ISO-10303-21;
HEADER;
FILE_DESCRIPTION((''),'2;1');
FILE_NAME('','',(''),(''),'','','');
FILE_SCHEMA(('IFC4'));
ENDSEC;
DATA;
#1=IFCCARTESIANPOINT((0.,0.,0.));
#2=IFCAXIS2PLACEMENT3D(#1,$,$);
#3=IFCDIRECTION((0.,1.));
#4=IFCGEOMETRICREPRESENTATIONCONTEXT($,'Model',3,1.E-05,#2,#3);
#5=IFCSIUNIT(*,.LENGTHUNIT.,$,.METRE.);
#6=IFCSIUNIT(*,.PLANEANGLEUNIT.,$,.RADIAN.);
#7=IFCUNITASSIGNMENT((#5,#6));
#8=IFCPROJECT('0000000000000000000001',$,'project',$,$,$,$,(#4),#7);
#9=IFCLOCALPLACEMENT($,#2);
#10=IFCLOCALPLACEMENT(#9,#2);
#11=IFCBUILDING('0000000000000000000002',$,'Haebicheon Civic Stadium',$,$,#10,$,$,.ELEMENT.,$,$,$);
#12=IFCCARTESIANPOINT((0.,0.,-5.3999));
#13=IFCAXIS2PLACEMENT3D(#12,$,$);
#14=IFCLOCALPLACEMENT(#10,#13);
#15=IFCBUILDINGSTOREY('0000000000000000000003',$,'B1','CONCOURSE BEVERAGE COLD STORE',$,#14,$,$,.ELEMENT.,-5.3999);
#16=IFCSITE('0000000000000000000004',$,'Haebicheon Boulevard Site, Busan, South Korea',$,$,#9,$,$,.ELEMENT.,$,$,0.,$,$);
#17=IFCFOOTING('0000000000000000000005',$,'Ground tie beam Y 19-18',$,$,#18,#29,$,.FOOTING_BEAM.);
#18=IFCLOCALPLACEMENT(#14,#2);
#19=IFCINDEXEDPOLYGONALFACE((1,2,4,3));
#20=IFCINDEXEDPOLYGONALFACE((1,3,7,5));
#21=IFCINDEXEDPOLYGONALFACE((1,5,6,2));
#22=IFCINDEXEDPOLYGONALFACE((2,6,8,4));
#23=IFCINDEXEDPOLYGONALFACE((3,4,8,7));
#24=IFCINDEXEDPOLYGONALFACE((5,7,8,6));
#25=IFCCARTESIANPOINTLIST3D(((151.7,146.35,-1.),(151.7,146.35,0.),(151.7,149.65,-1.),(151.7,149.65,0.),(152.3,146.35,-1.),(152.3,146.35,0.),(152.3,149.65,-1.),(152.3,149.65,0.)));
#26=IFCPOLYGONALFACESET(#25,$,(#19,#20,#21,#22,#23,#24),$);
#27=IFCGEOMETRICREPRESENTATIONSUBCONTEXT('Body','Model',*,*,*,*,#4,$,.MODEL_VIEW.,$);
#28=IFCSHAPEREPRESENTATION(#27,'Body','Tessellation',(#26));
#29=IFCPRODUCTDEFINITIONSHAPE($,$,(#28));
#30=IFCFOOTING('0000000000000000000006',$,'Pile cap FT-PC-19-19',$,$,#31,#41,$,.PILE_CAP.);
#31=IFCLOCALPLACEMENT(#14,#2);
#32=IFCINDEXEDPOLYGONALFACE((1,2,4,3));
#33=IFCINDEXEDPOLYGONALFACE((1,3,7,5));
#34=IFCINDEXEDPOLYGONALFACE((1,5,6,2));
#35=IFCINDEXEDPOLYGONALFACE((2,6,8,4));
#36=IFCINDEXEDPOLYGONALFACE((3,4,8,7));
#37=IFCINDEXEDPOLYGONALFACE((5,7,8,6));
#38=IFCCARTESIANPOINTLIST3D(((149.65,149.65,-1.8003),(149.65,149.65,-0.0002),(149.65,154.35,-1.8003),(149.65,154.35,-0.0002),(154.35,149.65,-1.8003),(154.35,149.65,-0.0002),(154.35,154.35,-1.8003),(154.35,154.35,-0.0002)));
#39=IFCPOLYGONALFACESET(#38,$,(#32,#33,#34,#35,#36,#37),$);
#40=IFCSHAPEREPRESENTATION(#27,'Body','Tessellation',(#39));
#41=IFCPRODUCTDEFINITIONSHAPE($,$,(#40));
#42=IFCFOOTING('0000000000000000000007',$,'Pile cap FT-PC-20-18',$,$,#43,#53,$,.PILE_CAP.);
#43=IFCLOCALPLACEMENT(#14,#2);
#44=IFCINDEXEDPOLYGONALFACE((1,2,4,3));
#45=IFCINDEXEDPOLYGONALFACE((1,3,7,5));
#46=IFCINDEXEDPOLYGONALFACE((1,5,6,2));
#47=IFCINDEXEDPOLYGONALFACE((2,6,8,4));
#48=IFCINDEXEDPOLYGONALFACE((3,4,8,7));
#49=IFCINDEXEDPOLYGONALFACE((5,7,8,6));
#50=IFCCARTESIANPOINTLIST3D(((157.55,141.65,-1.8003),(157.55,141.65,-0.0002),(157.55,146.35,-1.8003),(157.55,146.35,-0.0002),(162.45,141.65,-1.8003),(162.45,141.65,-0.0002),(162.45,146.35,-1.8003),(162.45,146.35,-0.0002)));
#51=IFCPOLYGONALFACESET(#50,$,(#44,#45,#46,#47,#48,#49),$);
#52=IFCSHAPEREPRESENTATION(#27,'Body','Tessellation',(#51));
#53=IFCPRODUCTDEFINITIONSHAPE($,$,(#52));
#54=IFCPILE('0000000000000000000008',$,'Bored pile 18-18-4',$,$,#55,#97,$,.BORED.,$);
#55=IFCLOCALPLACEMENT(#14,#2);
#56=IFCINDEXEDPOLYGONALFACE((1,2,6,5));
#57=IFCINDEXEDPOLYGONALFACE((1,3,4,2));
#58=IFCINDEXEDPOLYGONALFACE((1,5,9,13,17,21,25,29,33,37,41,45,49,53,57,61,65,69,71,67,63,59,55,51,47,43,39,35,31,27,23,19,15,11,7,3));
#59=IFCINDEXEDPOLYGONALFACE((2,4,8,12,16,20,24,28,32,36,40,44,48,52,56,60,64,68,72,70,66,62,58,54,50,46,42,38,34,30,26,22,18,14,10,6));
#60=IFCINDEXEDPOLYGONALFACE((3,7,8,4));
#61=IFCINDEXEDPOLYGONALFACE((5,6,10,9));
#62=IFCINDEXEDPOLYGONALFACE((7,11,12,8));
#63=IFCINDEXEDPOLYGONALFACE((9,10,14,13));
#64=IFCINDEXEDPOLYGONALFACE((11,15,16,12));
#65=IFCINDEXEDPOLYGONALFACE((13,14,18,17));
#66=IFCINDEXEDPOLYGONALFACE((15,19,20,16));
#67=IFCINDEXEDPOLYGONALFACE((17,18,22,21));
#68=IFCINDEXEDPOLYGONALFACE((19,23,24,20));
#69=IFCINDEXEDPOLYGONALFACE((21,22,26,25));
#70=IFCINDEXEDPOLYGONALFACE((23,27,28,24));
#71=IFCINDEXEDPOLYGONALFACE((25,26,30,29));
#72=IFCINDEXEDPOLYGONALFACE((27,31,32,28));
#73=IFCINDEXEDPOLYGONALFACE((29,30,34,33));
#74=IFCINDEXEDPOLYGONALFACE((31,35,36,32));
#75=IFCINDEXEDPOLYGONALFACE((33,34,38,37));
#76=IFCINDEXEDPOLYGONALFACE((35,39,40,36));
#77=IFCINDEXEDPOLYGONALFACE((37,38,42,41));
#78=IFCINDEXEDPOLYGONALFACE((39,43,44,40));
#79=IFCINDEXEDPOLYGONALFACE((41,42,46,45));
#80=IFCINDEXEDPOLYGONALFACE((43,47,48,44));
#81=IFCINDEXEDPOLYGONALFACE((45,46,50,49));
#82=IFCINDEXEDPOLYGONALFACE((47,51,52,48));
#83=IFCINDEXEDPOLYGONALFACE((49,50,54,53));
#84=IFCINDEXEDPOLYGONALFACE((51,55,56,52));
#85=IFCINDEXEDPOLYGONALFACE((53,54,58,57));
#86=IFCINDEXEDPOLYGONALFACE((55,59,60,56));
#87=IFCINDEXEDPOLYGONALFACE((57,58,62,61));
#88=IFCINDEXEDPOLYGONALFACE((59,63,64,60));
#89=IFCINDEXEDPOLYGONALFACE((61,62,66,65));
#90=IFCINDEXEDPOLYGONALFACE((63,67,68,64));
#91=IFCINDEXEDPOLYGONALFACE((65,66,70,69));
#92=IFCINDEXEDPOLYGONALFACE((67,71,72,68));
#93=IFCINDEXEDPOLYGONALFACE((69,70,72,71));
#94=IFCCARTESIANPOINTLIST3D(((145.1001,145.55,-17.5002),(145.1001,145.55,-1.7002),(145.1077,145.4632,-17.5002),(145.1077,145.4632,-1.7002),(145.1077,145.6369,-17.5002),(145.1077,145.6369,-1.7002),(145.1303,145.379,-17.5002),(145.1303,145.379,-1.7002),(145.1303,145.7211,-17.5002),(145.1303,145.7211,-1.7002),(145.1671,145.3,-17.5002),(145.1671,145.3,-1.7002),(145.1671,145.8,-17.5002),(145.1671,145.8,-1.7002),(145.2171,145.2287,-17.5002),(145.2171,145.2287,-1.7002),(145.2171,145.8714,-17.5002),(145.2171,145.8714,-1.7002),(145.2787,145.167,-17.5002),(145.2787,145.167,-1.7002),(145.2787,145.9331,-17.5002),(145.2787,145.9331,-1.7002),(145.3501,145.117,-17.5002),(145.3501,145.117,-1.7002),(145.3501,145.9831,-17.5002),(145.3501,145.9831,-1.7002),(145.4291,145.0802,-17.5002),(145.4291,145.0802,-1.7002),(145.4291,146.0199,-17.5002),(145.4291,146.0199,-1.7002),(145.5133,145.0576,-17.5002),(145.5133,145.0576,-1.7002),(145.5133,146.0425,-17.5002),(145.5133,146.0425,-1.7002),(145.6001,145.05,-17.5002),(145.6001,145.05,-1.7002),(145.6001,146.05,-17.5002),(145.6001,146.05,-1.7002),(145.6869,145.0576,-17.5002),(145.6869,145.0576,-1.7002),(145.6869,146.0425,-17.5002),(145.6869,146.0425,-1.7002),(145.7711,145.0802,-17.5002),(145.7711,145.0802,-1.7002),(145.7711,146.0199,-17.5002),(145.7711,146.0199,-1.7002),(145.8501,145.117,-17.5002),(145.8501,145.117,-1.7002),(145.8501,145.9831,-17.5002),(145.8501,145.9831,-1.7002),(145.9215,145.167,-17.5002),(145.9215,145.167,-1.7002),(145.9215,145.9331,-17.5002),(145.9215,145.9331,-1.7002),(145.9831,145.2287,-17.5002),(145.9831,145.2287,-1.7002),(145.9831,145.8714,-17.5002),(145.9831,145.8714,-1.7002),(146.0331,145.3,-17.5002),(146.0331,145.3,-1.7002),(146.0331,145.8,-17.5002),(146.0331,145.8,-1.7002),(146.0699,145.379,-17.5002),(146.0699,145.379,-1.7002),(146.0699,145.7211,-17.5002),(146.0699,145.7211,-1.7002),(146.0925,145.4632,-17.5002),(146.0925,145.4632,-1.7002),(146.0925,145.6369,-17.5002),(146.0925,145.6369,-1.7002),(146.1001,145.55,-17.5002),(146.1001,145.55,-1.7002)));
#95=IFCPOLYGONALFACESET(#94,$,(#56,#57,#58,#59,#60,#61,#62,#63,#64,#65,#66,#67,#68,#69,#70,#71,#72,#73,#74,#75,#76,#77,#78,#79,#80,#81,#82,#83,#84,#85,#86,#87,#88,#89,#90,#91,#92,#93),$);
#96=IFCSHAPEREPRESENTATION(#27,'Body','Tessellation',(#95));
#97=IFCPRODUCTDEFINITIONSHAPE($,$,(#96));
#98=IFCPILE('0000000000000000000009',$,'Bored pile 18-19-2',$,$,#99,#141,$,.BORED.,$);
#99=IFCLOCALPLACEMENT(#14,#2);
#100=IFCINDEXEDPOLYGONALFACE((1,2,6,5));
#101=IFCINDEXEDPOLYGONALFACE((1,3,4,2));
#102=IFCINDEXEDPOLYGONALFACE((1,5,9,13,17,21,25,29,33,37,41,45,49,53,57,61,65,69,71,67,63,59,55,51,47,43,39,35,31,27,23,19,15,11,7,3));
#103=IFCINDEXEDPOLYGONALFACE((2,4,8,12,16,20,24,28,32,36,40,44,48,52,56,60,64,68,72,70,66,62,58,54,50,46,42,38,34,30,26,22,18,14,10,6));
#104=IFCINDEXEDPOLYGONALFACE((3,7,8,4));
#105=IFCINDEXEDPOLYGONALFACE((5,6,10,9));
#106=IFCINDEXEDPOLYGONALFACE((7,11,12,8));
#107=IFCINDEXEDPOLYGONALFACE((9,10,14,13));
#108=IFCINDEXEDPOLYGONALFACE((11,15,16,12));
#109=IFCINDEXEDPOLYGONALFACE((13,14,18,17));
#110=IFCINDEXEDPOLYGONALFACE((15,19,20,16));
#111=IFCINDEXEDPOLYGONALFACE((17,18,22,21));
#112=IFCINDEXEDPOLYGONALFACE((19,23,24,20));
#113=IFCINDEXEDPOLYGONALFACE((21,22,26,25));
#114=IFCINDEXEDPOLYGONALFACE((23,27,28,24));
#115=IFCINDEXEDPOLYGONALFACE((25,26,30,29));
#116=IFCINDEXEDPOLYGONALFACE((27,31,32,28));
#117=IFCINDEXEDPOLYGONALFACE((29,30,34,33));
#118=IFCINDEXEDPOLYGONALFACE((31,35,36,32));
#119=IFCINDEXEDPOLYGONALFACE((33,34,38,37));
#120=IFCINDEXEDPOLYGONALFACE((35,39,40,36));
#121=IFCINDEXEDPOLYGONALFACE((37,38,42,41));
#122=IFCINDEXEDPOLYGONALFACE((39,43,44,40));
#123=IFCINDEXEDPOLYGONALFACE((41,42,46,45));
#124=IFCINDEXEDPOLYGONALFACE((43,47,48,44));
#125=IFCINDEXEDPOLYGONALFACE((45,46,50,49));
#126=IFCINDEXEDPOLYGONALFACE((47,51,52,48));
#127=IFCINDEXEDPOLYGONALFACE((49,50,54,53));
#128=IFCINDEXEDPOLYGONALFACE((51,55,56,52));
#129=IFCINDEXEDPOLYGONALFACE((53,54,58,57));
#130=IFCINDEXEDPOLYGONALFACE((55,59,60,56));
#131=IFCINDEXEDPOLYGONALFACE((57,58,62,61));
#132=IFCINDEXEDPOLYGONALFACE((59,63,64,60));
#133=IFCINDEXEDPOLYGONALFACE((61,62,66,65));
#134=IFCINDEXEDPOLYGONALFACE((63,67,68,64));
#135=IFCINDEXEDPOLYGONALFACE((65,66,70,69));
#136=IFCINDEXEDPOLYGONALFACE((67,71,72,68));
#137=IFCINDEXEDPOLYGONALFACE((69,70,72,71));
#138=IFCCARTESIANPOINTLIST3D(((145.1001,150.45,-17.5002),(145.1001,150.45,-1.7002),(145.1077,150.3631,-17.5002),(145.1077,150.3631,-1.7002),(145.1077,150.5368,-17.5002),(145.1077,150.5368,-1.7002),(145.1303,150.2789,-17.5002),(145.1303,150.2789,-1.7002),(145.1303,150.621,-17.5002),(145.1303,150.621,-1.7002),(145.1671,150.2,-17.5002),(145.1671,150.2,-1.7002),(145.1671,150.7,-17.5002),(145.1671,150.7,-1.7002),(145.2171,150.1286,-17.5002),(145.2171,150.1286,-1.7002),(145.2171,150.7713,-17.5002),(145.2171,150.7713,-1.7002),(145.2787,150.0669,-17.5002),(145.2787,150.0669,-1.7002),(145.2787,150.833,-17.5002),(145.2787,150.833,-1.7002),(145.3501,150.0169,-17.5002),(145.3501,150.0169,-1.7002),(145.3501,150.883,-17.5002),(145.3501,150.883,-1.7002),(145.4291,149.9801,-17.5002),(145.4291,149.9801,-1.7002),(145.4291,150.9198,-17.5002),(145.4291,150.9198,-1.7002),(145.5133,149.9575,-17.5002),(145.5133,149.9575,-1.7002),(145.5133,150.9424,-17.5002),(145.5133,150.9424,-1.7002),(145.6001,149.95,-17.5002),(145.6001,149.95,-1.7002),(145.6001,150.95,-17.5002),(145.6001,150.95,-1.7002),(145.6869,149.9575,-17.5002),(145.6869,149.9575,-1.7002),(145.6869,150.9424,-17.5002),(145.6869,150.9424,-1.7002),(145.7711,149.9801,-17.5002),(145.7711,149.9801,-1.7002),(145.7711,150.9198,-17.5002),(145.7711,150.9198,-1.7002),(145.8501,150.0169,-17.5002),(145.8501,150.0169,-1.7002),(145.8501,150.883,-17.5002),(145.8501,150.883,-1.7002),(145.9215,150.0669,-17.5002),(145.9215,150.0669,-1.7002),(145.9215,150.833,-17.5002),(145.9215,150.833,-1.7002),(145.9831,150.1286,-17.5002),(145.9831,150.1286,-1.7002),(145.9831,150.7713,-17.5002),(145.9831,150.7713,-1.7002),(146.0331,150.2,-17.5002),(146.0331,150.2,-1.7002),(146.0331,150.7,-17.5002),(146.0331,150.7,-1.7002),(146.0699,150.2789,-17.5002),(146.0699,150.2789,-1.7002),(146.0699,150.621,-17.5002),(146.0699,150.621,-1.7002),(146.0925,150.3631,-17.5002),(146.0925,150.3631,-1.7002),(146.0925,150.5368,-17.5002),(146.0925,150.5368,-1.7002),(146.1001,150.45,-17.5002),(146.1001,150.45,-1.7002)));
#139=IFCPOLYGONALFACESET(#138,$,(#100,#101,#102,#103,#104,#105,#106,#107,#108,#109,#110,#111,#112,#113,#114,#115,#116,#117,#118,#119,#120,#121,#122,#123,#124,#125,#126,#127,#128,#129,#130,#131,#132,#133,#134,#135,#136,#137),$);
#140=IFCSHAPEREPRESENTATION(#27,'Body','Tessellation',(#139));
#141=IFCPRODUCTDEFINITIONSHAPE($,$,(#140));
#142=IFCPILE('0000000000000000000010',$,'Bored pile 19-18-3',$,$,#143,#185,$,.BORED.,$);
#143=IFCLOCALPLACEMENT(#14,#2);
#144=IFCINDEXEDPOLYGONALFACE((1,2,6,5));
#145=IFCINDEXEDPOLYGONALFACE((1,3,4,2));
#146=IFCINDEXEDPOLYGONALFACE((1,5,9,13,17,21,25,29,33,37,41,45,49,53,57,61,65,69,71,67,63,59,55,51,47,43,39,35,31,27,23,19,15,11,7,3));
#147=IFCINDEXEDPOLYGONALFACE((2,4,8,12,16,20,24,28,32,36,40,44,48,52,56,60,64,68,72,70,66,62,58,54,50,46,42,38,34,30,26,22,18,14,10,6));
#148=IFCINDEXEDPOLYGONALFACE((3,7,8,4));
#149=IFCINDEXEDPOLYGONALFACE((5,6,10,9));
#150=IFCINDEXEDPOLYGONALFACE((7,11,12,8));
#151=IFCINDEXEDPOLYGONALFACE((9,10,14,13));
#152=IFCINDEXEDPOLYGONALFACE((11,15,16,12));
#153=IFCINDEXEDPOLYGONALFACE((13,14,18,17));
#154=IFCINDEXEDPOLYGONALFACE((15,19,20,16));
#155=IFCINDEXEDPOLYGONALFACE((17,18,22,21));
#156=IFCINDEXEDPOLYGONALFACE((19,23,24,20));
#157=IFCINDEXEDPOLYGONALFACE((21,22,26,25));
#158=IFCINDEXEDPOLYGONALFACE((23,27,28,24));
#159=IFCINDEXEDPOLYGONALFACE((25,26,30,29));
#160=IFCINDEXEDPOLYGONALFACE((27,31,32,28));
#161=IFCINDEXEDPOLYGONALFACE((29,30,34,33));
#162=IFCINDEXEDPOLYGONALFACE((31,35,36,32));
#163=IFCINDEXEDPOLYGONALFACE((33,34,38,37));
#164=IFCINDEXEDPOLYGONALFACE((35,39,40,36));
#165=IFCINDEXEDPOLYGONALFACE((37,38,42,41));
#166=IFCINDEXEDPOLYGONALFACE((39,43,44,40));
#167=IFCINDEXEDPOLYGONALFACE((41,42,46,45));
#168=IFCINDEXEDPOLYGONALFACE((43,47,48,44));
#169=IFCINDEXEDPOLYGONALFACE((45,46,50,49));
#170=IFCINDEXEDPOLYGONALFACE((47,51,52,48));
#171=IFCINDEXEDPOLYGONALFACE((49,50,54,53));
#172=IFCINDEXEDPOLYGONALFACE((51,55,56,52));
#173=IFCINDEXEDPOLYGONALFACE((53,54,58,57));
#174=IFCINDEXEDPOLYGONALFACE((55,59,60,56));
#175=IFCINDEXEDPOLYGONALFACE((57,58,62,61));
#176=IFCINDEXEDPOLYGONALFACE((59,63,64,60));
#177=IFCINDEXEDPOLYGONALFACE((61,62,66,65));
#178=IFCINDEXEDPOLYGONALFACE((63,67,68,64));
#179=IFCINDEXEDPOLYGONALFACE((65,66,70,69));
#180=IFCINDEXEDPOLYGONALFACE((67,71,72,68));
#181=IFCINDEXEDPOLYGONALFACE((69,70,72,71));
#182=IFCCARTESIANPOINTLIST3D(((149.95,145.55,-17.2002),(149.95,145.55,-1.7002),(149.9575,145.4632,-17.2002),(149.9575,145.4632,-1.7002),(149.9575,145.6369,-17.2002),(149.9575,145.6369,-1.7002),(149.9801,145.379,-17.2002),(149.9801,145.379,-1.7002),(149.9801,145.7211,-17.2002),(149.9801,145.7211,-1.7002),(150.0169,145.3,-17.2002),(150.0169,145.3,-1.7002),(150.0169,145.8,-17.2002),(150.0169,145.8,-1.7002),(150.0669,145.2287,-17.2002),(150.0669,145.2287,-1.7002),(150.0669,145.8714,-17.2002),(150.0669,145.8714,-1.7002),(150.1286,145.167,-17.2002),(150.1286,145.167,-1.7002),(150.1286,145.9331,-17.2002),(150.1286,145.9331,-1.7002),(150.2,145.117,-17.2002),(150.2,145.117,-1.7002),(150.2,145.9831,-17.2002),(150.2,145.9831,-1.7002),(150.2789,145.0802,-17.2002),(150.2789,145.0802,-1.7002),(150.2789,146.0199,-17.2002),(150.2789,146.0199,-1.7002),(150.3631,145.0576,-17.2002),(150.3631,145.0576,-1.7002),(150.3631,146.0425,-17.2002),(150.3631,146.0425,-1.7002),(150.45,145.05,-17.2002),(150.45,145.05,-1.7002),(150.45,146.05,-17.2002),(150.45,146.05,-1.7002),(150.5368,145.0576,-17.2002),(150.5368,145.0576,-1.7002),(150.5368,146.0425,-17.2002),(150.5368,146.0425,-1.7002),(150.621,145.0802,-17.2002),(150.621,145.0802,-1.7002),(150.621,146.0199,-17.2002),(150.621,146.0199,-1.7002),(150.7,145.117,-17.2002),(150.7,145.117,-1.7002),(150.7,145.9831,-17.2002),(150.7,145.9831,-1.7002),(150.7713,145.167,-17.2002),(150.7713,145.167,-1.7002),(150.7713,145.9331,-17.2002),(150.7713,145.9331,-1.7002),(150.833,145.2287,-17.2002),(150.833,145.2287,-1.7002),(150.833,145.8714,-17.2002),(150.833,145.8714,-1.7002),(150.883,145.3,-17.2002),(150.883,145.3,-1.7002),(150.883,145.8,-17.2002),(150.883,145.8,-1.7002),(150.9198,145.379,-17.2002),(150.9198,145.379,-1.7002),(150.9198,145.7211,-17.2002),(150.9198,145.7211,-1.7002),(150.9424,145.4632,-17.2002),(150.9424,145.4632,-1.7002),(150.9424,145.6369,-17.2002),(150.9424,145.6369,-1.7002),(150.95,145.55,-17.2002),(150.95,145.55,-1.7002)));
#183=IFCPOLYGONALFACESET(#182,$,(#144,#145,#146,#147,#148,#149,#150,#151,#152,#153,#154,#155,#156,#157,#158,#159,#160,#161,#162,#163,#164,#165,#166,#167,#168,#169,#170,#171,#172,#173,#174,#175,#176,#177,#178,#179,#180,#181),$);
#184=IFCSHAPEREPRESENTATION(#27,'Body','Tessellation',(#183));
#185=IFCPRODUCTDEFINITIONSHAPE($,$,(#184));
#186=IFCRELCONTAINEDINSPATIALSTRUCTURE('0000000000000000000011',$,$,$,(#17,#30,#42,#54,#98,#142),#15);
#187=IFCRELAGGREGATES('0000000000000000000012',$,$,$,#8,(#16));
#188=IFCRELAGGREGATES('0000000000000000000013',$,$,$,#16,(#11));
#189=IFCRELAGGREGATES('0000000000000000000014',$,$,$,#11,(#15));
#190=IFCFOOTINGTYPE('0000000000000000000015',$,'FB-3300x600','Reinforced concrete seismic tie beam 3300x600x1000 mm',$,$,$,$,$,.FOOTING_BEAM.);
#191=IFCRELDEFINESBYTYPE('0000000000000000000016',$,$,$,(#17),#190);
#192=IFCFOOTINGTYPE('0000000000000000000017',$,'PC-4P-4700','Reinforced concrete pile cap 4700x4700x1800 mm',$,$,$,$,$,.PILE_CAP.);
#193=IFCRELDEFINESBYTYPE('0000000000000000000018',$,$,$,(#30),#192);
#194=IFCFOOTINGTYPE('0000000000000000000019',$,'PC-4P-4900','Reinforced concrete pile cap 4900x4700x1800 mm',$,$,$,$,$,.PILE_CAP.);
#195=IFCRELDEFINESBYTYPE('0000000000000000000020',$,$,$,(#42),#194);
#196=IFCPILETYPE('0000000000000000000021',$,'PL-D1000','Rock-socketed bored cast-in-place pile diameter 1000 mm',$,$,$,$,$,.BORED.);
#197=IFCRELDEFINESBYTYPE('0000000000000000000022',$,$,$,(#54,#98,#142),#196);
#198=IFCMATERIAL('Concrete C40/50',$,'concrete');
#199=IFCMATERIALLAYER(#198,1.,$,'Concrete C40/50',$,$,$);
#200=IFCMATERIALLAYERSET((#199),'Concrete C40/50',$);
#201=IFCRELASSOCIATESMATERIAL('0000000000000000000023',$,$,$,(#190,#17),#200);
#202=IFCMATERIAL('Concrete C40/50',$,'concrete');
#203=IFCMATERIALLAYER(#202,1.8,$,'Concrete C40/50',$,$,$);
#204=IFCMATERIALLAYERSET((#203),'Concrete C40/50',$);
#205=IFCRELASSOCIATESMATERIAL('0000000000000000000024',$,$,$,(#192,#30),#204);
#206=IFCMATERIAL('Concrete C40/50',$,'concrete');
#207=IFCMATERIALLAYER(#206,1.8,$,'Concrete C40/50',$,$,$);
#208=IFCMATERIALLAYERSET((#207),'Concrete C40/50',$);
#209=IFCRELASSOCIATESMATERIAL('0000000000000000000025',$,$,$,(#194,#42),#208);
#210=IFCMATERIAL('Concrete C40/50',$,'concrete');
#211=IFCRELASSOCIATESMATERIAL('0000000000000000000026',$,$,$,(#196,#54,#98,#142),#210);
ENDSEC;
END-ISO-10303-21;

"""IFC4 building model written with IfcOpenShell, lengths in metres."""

from ifc_helpers import new_model, si_unit, direction, frame, origin, origin_2d, place, context, subcontext, project, spatial, rectangle, circle, extrude, material, layer, layer_set, material_profile, profile_set, type_object, element, save


model = new_model("IFC4")

# Units and contexts
model_context = context("Model", 3, precision=1e-05, world=origin(), true_north=direction((0.0, 1.0)))
body_context = subcontext(model_context, "Body", "Model", "MODEL_VIEW")
ifc_project = project(units=[si_unit("LENGTHUNIT", "METRE"), si_unit("PLANEANGLEUNIT", "RADIAN")], contexts=[model_context])

# Site, building, storey
site_placement = place(None, origin())
site = spatial("IfcSite", under=ifc_project, at=site_placement, Name="Haebicheon Boulevard Site, Busan, South Korea", CompositionType="ELEMENT", RefElevation=0.0)
building_placement = place(site_placement, origin())
building = spatial("IfcBuilding", under=site, at=building_placement, Name="Haebicheon Civic Stadium", CompositionType="ELEMENT")
storey_placement = place(building_placement, frame((0.0, 0.0, -5.3999)))
storey = spatial("IfcBuildingStorey", under=building, at=storey_placement, Name="B1", Description="CONCOURSE BEVERAGE COLD STORE", CompositionType="ELEMENT", Elevation=-5.3999)

# Footings
ifc_material_1 = material(Name="Concrete C40/50", Category="concrete")
ifc_layer_1 = layer(ifc_material_1, 1.0, Name="Concrete C40/50")
ifc_layer_set_1 = layer_set([ifc_layer_1], Name="Concrete C40/50")
footing_type_1 = type_object("IfcFootingType", Name="FB-3300x600", Description="Reinforced concrete seismic tie beam 3300x600x1000 mm", PredefinedType="FOOTING_BEAM", material=ifc_layer_set_1)
footing_1_placement = place(storey_placement, frame((152.0, 148.0, -1.0), z_axis=(0.0, 0.0, 1.0), x_axis=(0.0, 1.0, 0.0)))
element("IfcFooting", 1, at=footing_1_placement, inside=storey, type_object=footing_type_1, material=ifc_layer_set_1, Name="Ground tie beam Y 19-18", PredefinedType="FOOTING_BEAM", context=body_context, shape_type="SweptSolid", body=[
    extrude(rectangle(XDim=3.3, YDim=0.6001, at=origin_2d()), origin(), (0.0, 0.0, 1.0), 1.0),
])
ifc_material_2 = material(Name="Concrete C40/50", Category="concrete")
ifc_layer_2 = layer(ifc_material_2, 1.8, Name="Concrete C40/50")
ifc_layer_set_2 = layer_set([ifc_layer_2], Name="Concrete C40/50")
footing_type_2 = type_object("IfcFootingType", Name="PC-4P-4700", Description="Reinforced concrete pile cap 4700x4700x1800 mm", PredefinedType="PILE_CAP", material=ifc_layer_set_2)
footing_2_placement = place(storey_placement, frame((152.0, 152.0, -1.8003), z_axis=(0.0, 0.0, 1.0), x_axis=(1.0, 0.0, 0.0)))
element("IfcFooting", 2, at=footing_2_placement, inside=storey, type_object=footing_type_2, material=ifc_layer_set_2, Name="Pile cap FT-PC-19-19", PredefinedType="PILE_CAP", context=body_context, shape_type="SweptSolid", body=[
    extrude(rectangle(XDim=4.7, YDim=4.7, at=origin_2d()), origin(), (0.0, 0.0, 1.0), 1.8),
])
ifc_material_3 = material(Name="Concrete C40/50", Category="concrete")
ifc_layer_3 = layer(ifc_material_3, 1.8, Name="Concrete C40/50")
ifc_layer_set_3 = layer_set([ifc_layer_3], Name="Concrete C40/50")
footing_type_3 = type_object("IfcFootingType", Name="PC-4P-4900", Description="Reinforced concrete pile cap 4900x4700x1800 mm", PredefinedType="PILE_CAP", material=ifc_layer_set_3)
footing_3_placement = place(storey_placement, frame((160.0, 144.0, -1.8003), z_axis=(0.0, 0.0, 1.0), x_axis=(1.0, 0.0, 0.0)))
element("IfcFooting", 3, at=footing_3_placement, inside=storey, type_object=footing_type_3, material=ifc_layer_set_3, Name="Pile cap FT-PC-20-18", PredefinedType="PILE_CAP", context=body_context, shape_type="SweptSolid", body=[
    extrude(rectangle(XDim=4.8999, YDim=4.7, at=origin_2d()), origin(), (0.0, 0.0, 1.0), 1.8),
])

# Piles
ifc_material_4 = material(Name="Concrete C40/50", Category="concrete")
ifc_material_profile_1 = material_profile(ifc_material_4, circle(Radius=0.5, at=origin_2d()), Name="PILE-D1000")
ifc_profile_set_1 = profile_set([ifc_material_profile_1], Name="Concrete C40/50")
pile_type = type_object("IfcPileType", Name="PL-D1000", Description="Rock-socketed bored cast-in-place pile diameter 1000 mm", PredefinedType="BORED", material=ifc_profile_set_1)
for number, where, z_axis, x_axis, name in (
    (4, (145.6001, 145.55, -1.7002), (0.0, 0.0, -1.0), (1.0, 0.0, 0.0), "Bored pile 18-18-4"),
    (5, (145.6001, 150.45, -1.7002), (0.0, 0.0, -1.0), (1.0, 0.0, 0.0), "Bored pile 18-19-2"),
):
    element("IfcPile", number, at=place(storey_placement, frame(where, z_axis=z_axis, x_axis=x_axis)), inside=storey, type_object=pile_type, material=ifc_profile_set_1, Name=name, PredefinedType="BORED", context=body_context, shape_type="SweptSolid", body=[
        extrude(circle(Radius=0.5, at=origin_2d()), origin(), (0.0, 0.0, 1.0), 15.8),
    ])
for number, where, z_axis, x_axis, name in (
    (6, (150.45, 145.55, -1.7002), (0.0, 0.0, -1.0), (1.0, 0.0, 0.0), "Bored pile 19-18-3"),
):
    element("IfcPile", number, at=place(storey_placement, frame(where, z_axis=z_axis, x_axis=x_axis)), inside=storey, type_object=pile_type, material=ifc_profile_set_1, Name=name, PredefinedType="BORED", context=body_context, shape_type="SweptSolid", body=[
        extrude(circle(Radius=0.5, at=origin_2d()), origin(), (0.0, 0.0, 1.0), 15.5),
    ])

save(model, "model.ifc")
